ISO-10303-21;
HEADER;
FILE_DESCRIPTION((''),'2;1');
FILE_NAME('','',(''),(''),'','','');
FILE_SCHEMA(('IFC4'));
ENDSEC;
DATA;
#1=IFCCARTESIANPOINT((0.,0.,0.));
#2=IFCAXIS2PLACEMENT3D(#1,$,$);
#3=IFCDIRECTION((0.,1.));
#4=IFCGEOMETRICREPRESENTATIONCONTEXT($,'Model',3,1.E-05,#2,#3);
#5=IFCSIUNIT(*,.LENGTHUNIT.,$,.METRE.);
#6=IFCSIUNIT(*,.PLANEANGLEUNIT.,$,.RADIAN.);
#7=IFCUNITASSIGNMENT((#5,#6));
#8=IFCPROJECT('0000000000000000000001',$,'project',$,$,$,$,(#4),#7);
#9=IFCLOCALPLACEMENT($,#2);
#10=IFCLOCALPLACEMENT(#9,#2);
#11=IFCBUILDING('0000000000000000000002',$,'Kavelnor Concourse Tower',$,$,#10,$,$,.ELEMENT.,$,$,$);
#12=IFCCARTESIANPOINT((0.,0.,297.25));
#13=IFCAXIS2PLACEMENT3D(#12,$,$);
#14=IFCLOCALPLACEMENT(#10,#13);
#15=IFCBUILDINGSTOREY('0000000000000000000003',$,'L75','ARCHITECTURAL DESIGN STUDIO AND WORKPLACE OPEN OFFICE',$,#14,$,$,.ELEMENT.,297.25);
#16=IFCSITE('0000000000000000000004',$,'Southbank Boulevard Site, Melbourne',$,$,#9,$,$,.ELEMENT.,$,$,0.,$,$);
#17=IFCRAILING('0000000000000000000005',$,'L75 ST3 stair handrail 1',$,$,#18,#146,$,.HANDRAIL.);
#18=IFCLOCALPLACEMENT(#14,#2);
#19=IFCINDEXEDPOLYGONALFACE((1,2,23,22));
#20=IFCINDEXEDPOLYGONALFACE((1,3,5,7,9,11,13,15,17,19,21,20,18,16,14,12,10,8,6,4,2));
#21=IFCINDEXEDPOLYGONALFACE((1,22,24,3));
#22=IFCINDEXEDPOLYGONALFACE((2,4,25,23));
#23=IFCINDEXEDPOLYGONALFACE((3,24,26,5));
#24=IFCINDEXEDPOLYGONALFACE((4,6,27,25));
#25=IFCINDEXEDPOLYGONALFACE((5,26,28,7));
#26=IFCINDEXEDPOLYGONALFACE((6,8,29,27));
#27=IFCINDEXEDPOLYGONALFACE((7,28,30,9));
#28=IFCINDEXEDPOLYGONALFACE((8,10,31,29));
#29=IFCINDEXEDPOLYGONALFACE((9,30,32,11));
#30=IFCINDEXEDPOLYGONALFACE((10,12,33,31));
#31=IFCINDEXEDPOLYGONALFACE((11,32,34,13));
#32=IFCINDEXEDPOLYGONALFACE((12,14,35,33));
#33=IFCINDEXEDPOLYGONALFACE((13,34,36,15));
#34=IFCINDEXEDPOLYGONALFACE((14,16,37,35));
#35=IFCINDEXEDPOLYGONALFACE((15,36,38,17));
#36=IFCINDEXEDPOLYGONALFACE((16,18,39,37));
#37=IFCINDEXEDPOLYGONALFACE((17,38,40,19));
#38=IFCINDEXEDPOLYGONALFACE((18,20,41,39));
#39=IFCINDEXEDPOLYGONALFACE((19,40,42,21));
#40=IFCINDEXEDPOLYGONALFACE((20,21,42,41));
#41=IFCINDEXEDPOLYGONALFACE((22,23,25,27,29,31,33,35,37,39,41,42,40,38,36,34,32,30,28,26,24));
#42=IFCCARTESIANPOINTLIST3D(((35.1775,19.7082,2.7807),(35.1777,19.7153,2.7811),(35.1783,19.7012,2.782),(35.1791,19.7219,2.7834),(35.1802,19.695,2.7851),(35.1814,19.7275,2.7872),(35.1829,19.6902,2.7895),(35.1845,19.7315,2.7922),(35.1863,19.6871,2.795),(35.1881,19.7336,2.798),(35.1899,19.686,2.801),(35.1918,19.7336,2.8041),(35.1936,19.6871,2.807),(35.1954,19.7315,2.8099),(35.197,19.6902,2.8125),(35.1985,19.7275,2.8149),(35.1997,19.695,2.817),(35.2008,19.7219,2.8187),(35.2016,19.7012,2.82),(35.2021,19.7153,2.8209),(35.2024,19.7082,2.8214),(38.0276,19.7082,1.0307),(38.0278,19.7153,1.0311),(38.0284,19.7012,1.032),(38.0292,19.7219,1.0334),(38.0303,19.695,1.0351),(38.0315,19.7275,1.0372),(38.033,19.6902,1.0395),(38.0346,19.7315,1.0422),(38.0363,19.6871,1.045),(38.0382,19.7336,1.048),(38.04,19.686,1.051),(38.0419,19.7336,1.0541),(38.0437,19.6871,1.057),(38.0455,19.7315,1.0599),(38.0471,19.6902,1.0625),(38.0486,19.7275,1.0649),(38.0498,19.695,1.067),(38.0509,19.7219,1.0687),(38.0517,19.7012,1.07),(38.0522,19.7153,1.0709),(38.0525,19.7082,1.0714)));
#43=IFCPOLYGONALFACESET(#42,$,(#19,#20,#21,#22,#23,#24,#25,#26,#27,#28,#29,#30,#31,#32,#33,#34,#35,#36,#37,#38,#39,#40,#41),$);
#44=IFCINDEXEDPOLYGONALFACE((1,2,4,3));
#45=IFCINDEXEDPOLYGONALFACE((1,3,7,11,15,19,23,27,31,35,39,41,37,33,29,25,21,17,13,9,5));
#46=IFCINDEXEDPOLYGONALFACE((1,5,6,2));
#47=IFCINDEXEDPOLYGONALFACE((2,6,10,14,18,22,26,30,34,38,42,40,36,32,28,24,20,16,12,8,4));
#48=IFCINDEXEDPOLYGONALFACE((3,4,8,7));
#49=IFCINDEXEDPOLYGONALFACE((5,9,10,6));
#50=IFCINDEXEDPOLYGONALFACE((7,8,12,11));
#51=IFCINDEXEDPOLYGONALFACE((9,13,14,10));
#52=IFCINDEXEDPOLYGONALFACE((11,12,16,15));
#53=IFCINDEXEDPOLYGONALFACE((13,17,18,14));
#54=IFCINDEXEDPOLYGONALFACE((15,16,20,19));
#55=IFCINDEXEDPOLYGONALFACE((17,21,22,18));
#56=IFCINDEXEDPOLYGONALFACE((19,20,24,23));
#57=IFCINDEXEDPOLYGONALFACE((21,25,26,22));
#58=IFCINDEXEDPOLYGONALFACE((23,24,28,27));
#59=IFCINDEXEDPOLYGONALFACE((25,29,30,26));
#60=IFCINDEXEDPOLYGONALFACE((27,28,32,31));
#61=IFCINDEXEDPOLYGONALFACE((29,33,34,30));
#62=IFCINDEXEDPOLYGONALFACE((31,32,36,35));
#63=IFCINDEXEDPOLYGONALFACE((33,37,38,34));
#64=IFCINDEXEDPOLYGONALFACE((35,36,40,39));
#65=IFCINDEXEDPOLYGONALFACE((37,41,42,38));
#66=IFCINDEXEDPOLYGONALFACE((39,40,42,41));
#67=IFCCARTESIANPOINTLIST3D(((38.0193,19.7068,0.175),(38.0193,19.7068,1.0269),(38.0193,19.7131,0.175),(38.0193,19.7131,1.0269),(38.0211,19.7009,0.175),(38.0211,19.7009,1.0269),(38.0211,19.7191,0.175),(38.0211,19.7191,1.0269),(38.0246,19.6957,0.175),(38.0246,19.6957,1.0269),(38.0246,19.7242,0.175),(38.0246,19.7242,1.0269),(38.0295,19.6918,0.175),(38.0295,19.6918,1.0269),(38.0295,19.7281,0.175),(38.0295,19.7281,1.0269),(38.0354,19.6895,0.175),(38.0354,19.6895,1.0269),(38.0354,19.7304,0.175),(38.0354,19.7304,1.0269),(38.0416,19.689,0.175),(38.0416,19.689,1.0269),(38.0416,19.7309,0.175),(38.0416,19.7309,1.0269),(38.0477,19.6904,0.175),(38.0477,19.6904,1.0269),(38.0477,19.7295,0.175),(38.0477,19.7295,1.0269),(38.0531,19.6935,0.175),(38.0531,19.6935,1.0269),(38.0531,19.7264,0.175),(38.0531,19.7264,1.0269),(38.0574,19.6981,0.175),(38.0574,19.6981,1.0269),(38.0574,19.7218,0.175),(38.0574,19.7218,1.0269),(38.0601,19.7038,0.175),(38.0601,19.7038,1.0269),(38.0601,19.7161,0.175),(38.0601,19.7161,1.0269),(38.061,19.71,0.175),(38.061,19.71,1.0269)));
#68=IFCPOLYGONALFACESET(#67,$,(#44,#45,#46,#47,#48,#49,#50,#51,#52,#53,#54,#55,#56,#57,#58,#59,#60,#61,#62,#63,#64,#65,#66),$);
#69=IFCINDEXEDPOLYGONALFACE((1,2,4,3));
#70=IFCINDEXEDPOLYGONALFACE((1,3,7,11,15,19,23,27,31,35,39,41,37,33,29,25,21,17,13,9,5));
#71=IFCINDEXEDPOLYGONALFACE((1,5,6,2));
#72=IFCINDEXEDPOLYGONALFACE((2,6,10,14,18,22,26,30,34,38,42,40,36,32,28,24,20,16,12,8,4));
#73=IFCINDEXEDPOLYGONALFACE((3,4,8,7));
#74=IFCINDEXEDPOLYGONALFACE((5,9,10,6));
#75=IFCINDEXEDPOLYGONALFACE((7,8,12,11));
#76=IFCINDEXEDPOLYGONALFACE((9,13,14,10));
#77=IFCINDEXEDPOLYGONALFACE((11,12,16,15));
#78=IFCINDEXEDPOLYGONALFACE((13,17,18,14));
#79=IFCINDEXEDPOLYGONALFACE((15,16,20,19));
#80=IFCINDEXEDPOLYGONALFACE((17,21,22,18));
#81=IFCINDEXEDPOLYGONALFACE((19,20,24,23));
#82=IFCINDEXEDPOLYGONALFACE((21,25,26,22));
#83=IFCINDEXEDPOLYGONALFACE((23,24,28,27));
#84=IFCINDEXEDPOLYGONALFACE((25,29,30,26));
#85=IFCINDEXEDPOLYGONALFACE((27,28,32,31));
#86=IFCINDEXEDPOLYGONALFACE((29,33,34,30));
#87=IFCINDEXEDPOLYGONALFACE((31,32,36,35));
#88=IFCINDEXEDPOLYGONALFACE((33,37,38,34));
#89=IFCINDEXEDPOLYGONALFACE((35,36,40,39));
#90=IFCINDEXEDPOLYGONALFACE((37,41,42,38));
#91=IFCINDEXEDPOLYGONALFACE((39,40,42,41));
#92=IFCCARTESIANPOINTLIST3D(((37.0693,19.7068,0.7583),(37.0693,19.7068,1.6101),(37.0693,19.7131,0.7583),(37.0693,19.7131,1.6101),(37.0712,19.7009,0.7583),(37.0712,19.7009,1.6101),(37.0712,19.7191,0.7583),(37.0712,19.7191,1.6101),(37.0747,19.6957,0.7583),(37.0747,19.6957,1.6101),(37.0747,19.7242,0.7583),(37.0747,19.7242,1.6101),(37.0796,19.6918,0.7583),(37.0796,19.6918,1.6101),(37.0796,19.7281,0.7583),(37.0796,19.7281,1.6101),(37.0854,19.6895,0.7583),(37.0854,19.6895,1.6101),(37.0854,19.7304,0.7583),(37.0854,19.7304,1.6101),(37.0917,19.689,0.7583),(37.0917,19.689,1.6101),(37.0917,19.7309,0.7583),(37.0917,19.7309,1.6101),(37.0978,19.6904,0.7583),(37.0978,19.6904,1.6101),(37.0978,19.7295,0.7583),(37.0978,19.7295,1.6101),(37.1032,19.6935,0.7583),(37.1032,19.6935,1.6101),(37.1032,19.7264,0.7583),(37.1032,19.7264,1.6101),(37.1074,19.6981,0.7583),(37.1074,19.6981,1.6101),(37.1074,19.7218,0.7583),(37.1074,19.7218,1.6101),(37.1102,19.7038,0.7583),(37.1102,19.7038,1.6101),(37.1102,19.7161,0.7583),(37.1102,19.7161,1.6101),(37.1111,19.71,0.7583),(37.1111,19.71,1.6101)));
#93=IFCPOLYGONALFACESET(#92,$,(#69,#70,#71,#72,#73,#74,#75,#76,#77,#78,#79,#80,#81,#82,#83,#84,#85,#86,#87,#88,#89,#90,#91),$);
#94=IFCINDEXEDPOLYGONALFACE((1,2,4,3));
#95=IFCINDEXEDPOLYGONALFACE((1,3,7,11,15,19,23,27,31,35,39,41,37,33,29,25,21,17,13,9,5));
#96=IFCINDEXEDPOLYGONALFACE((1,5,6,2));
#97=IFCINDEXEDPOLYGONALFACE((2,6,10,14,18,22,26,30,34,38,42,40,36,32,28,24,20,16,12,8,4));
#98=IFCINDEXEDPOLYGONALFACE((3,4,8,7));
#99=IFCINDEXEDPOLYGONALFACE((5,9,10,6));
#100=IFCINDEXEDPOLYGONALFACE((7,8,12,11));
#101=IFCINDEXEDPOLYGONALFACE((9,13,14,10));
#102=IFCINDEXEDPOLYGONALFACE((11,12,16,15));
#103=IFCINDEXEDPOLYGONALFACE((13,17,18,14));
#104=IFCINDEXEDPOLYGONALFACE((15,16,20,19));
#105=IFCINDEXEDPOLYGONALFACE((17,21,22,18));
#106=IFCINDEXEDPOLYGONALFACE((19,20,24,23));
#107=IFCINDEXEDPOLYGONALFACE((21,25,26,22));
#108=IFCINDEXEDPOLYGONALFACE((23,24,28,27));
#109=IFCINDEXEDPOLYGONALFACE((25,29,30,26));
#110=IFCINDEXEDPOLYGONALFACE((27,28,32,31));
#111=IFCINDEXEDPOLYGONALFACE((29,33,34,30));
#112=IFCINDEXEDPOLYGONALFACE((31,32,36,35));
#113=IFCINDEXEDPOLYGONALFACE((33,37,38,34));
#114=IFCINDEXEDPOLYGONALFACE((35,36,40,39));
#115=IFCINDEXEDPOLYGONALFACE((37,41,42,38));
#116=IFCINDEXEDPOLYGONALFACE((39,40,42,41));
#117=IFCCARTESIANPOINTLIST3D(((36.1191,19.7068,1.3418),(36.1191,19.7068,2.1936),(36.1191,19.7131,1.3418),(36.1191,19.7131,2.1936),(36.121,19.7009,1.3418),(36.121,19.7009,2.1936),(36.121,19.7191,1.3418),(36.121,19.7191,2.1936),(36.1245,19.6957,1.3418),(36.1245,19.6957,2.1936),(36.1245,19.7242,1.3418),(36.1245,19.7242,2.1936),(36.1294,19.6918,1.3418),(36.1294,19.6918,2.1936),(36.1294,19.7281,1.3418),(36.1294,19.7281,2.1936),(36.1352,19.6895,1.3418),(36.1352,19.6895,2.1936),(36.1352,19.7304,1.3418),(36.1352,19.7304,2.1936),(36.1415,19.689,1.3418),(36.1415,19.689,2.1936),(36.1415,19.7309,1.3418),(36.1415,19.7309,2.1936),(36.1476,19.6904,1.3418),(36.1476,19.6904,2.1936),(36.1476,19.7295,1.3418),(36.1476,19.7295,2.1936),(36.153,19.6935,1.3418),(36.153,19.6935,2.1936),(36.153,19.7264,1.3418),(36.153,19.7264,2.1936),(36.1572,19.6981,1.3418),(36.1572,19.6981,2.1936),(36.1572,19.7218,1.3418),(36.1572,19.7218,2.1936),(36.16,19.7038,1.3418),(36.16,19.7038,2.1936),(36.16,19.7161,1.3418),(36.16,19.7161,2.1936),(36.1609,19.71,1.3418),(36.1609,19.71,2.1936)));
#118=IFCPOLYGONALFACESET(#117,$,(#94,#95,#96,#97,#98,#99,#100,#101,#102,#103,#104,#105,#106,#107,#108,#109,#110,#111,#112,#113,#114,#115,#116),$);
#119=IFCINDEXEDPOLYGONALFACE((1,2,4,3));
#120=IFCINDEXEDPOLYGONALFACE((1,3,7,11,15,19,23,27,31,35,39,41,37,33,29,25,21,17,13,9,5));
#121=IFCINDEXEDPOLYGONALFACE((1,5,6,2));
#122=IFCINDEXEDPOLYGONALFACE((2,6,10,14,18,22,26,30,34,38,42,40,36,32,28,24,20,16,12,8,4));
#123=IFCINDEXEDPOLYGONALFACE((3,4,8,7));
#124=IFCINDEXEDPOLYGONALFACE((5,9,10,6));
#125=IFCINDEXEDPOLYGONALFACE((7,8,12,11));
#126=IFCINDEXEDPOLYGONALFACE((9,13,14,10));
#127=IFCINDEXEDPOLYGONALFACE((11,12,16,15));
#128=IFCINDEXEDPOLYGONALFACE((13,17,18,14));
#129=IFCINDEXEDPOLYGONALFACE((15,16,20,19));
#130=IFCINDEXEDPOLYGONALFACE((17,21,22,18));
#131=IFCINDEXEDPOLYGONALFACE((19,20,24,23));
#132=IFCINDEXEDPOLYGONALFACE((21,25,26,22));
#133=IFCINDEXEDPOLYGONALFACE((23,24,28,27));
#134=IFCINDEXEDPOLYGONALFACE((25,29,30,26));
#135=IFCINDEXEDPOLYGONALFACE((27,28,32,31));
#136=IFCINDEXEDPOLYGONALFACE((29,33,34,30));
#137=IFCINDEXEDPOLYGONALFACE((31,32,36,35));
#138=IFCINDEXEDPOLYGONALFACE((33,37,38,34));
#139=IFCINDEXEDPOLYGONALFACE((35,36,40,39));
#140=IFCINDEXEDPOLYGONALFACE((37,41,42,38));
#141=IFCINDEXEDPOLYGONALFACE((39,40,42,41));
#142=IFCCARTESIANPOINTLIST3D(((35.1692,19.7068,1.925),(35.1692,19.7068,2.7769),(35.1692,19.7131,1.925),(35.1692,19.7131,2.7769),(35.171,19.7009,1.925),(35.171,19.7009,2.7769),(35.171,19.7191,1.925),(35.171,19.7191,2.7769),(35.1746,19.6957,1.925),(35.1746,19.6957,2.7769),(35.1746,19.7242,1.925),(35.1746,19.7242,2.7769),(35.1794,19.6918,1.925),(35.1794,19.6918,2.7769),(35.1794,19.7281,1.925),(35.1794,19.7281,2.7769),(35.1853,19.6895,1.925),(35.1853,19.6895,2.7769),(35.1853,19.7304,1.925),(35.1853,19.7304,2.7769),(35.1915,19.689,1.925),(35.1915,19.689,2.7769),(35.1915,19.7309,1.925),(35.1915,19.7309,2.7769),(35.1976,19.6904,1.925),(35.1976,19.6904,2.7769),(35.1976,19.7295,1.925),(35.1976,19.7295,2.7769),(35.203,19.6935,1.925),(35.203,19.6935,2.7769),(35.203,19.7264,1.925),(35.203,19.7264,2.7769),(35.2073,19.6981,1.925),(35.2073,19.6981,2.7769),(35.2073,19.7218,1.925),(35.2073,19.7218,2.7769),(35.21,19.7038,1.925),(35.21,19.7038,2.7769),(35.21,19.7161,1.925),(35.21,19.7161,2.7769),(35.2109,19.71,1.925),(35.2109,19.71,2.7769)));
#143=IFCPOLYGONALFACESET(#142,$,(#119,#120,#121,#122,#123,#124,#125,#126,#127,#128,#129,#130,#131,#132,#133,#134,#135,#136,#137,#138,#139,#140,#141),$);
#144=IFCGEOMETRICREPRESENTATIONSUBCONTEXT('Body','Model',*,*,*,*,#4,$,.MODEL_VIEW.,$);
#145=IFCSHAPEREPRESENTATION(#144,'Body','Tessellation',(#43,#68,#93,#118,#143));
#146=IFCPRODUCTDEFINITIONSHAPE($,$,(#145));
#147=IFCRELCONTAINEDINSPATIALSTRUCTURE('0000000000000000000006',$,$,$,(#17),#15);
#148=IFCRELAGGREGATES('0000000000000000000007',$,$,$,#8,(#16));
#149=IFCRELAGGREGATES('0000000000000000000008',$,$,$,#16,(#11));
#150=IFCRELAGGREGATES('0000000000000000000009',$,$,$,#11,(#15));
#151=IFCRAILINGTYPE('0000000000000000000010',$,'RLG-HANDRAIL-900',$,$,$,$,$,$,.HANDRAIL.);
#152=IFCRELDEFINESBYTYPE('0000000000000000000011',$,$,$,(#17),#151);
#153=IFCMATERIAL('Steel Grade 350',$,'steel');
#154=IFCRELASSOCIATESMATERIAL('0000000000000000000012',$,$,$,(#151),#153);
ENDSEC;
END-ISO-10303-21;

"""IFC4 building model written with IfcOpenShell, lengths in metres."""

from ifc_helpers import new_model, si_unit, direction, frame, origin, origin_2d, place, context, subcontext, project, spatial, circle, extrude, material, type_object, element, save


model = new_model("IFC4")

# Units and contexts
model_context = context("Model", 3, precision=1e-05, world=origin(), true_north=direction((0.0, 1.0)))
body_context = subcontext(model_context, "Body", "Model", "MODEL_VIEW")
ifc_project = project(units=[si_unit("LENGTHUNIT", "METRE"), si_unit("PLANEANGLEUNIT", "RADIAN")], contexts=[model_context])

# Site, building, storey
site_placement = place(None, origin())
site = spatial("IfcSite", under=ifc_project, at=site_placement, Name="Southbank Boulevard Site, Melbourne", CompositionType="ELEMENT", RefElevation=0.0)
building_placement = place(site_placement, origin())
building = spatial("IfcBuilding", under=site, at=building_placement, Name="Kavelnor Concourse Tower", CompositionType="ELEMENT")
storey_placement = place(building_placement, frame((0.0, 0.0, 297.25)))
storey = spatial("IfcBuildingStorey", under=building, at=storey_placement, Name="L75", Description="ARCHITECTURAL DESIGN STUDIO AND WORKPLACE OPEN OFFICE", CompositionType="ELEMENT", Elevation=297.25)

# Shared definitions
ifc_material_1 = material(Name="Steel Grade 350", Category="steel")

# Railing
railing_type_1 = type_object("IfcRailingType", Name="RLG-HANDRAIL-900", PredefinedType="HANDRAIL", material=ifc_material_1)
railing_1_placement = place(storey_placement, frame((38.04, 19.71, 0.175)))
element("IfcRailing", 1, at=railing_1_placement, inside=storey, type_object=railing_type_1, Name="L75 ST3 stair handrail 1", PredefinedType="HANDRAIL", context=body_context, shape_type="SweptSolid", body=[
    extrude(circle(Radius=0.0239, at=origin_2d()), frame((0.0, 0.0, 0.876), z_axis=(-0.852179, 0.0, 0.52325), x_axis=(0.0, -1.0, 0.0)), (0.0, 0.0, 1.0), 3.3445),
    extrude(circle(Radius=0.021, at=origin_2d()), origin(), (0.0, 0.0, 1.0), 0.8518),
    extrude(circle(Radius=0.021, at=origin_2d()), frame((-0.95, 0.0, 0.5833)), (0.0, 0.0, 1.0), 0.8518),
    extrude(circle(Radius=0.021, at=origin_2d()), frame((-1.9001, 0.0, 1.1667)), (0.0, 0.0, 1.0), 0.8518),
    extrude(circle(Radius=0.021, at=origin_2d()), frame((-2.8501, 0.0, 1.75)), (0.0, 0.0, 1.0), 0.8518),
])

save(model, "model.ifc")
